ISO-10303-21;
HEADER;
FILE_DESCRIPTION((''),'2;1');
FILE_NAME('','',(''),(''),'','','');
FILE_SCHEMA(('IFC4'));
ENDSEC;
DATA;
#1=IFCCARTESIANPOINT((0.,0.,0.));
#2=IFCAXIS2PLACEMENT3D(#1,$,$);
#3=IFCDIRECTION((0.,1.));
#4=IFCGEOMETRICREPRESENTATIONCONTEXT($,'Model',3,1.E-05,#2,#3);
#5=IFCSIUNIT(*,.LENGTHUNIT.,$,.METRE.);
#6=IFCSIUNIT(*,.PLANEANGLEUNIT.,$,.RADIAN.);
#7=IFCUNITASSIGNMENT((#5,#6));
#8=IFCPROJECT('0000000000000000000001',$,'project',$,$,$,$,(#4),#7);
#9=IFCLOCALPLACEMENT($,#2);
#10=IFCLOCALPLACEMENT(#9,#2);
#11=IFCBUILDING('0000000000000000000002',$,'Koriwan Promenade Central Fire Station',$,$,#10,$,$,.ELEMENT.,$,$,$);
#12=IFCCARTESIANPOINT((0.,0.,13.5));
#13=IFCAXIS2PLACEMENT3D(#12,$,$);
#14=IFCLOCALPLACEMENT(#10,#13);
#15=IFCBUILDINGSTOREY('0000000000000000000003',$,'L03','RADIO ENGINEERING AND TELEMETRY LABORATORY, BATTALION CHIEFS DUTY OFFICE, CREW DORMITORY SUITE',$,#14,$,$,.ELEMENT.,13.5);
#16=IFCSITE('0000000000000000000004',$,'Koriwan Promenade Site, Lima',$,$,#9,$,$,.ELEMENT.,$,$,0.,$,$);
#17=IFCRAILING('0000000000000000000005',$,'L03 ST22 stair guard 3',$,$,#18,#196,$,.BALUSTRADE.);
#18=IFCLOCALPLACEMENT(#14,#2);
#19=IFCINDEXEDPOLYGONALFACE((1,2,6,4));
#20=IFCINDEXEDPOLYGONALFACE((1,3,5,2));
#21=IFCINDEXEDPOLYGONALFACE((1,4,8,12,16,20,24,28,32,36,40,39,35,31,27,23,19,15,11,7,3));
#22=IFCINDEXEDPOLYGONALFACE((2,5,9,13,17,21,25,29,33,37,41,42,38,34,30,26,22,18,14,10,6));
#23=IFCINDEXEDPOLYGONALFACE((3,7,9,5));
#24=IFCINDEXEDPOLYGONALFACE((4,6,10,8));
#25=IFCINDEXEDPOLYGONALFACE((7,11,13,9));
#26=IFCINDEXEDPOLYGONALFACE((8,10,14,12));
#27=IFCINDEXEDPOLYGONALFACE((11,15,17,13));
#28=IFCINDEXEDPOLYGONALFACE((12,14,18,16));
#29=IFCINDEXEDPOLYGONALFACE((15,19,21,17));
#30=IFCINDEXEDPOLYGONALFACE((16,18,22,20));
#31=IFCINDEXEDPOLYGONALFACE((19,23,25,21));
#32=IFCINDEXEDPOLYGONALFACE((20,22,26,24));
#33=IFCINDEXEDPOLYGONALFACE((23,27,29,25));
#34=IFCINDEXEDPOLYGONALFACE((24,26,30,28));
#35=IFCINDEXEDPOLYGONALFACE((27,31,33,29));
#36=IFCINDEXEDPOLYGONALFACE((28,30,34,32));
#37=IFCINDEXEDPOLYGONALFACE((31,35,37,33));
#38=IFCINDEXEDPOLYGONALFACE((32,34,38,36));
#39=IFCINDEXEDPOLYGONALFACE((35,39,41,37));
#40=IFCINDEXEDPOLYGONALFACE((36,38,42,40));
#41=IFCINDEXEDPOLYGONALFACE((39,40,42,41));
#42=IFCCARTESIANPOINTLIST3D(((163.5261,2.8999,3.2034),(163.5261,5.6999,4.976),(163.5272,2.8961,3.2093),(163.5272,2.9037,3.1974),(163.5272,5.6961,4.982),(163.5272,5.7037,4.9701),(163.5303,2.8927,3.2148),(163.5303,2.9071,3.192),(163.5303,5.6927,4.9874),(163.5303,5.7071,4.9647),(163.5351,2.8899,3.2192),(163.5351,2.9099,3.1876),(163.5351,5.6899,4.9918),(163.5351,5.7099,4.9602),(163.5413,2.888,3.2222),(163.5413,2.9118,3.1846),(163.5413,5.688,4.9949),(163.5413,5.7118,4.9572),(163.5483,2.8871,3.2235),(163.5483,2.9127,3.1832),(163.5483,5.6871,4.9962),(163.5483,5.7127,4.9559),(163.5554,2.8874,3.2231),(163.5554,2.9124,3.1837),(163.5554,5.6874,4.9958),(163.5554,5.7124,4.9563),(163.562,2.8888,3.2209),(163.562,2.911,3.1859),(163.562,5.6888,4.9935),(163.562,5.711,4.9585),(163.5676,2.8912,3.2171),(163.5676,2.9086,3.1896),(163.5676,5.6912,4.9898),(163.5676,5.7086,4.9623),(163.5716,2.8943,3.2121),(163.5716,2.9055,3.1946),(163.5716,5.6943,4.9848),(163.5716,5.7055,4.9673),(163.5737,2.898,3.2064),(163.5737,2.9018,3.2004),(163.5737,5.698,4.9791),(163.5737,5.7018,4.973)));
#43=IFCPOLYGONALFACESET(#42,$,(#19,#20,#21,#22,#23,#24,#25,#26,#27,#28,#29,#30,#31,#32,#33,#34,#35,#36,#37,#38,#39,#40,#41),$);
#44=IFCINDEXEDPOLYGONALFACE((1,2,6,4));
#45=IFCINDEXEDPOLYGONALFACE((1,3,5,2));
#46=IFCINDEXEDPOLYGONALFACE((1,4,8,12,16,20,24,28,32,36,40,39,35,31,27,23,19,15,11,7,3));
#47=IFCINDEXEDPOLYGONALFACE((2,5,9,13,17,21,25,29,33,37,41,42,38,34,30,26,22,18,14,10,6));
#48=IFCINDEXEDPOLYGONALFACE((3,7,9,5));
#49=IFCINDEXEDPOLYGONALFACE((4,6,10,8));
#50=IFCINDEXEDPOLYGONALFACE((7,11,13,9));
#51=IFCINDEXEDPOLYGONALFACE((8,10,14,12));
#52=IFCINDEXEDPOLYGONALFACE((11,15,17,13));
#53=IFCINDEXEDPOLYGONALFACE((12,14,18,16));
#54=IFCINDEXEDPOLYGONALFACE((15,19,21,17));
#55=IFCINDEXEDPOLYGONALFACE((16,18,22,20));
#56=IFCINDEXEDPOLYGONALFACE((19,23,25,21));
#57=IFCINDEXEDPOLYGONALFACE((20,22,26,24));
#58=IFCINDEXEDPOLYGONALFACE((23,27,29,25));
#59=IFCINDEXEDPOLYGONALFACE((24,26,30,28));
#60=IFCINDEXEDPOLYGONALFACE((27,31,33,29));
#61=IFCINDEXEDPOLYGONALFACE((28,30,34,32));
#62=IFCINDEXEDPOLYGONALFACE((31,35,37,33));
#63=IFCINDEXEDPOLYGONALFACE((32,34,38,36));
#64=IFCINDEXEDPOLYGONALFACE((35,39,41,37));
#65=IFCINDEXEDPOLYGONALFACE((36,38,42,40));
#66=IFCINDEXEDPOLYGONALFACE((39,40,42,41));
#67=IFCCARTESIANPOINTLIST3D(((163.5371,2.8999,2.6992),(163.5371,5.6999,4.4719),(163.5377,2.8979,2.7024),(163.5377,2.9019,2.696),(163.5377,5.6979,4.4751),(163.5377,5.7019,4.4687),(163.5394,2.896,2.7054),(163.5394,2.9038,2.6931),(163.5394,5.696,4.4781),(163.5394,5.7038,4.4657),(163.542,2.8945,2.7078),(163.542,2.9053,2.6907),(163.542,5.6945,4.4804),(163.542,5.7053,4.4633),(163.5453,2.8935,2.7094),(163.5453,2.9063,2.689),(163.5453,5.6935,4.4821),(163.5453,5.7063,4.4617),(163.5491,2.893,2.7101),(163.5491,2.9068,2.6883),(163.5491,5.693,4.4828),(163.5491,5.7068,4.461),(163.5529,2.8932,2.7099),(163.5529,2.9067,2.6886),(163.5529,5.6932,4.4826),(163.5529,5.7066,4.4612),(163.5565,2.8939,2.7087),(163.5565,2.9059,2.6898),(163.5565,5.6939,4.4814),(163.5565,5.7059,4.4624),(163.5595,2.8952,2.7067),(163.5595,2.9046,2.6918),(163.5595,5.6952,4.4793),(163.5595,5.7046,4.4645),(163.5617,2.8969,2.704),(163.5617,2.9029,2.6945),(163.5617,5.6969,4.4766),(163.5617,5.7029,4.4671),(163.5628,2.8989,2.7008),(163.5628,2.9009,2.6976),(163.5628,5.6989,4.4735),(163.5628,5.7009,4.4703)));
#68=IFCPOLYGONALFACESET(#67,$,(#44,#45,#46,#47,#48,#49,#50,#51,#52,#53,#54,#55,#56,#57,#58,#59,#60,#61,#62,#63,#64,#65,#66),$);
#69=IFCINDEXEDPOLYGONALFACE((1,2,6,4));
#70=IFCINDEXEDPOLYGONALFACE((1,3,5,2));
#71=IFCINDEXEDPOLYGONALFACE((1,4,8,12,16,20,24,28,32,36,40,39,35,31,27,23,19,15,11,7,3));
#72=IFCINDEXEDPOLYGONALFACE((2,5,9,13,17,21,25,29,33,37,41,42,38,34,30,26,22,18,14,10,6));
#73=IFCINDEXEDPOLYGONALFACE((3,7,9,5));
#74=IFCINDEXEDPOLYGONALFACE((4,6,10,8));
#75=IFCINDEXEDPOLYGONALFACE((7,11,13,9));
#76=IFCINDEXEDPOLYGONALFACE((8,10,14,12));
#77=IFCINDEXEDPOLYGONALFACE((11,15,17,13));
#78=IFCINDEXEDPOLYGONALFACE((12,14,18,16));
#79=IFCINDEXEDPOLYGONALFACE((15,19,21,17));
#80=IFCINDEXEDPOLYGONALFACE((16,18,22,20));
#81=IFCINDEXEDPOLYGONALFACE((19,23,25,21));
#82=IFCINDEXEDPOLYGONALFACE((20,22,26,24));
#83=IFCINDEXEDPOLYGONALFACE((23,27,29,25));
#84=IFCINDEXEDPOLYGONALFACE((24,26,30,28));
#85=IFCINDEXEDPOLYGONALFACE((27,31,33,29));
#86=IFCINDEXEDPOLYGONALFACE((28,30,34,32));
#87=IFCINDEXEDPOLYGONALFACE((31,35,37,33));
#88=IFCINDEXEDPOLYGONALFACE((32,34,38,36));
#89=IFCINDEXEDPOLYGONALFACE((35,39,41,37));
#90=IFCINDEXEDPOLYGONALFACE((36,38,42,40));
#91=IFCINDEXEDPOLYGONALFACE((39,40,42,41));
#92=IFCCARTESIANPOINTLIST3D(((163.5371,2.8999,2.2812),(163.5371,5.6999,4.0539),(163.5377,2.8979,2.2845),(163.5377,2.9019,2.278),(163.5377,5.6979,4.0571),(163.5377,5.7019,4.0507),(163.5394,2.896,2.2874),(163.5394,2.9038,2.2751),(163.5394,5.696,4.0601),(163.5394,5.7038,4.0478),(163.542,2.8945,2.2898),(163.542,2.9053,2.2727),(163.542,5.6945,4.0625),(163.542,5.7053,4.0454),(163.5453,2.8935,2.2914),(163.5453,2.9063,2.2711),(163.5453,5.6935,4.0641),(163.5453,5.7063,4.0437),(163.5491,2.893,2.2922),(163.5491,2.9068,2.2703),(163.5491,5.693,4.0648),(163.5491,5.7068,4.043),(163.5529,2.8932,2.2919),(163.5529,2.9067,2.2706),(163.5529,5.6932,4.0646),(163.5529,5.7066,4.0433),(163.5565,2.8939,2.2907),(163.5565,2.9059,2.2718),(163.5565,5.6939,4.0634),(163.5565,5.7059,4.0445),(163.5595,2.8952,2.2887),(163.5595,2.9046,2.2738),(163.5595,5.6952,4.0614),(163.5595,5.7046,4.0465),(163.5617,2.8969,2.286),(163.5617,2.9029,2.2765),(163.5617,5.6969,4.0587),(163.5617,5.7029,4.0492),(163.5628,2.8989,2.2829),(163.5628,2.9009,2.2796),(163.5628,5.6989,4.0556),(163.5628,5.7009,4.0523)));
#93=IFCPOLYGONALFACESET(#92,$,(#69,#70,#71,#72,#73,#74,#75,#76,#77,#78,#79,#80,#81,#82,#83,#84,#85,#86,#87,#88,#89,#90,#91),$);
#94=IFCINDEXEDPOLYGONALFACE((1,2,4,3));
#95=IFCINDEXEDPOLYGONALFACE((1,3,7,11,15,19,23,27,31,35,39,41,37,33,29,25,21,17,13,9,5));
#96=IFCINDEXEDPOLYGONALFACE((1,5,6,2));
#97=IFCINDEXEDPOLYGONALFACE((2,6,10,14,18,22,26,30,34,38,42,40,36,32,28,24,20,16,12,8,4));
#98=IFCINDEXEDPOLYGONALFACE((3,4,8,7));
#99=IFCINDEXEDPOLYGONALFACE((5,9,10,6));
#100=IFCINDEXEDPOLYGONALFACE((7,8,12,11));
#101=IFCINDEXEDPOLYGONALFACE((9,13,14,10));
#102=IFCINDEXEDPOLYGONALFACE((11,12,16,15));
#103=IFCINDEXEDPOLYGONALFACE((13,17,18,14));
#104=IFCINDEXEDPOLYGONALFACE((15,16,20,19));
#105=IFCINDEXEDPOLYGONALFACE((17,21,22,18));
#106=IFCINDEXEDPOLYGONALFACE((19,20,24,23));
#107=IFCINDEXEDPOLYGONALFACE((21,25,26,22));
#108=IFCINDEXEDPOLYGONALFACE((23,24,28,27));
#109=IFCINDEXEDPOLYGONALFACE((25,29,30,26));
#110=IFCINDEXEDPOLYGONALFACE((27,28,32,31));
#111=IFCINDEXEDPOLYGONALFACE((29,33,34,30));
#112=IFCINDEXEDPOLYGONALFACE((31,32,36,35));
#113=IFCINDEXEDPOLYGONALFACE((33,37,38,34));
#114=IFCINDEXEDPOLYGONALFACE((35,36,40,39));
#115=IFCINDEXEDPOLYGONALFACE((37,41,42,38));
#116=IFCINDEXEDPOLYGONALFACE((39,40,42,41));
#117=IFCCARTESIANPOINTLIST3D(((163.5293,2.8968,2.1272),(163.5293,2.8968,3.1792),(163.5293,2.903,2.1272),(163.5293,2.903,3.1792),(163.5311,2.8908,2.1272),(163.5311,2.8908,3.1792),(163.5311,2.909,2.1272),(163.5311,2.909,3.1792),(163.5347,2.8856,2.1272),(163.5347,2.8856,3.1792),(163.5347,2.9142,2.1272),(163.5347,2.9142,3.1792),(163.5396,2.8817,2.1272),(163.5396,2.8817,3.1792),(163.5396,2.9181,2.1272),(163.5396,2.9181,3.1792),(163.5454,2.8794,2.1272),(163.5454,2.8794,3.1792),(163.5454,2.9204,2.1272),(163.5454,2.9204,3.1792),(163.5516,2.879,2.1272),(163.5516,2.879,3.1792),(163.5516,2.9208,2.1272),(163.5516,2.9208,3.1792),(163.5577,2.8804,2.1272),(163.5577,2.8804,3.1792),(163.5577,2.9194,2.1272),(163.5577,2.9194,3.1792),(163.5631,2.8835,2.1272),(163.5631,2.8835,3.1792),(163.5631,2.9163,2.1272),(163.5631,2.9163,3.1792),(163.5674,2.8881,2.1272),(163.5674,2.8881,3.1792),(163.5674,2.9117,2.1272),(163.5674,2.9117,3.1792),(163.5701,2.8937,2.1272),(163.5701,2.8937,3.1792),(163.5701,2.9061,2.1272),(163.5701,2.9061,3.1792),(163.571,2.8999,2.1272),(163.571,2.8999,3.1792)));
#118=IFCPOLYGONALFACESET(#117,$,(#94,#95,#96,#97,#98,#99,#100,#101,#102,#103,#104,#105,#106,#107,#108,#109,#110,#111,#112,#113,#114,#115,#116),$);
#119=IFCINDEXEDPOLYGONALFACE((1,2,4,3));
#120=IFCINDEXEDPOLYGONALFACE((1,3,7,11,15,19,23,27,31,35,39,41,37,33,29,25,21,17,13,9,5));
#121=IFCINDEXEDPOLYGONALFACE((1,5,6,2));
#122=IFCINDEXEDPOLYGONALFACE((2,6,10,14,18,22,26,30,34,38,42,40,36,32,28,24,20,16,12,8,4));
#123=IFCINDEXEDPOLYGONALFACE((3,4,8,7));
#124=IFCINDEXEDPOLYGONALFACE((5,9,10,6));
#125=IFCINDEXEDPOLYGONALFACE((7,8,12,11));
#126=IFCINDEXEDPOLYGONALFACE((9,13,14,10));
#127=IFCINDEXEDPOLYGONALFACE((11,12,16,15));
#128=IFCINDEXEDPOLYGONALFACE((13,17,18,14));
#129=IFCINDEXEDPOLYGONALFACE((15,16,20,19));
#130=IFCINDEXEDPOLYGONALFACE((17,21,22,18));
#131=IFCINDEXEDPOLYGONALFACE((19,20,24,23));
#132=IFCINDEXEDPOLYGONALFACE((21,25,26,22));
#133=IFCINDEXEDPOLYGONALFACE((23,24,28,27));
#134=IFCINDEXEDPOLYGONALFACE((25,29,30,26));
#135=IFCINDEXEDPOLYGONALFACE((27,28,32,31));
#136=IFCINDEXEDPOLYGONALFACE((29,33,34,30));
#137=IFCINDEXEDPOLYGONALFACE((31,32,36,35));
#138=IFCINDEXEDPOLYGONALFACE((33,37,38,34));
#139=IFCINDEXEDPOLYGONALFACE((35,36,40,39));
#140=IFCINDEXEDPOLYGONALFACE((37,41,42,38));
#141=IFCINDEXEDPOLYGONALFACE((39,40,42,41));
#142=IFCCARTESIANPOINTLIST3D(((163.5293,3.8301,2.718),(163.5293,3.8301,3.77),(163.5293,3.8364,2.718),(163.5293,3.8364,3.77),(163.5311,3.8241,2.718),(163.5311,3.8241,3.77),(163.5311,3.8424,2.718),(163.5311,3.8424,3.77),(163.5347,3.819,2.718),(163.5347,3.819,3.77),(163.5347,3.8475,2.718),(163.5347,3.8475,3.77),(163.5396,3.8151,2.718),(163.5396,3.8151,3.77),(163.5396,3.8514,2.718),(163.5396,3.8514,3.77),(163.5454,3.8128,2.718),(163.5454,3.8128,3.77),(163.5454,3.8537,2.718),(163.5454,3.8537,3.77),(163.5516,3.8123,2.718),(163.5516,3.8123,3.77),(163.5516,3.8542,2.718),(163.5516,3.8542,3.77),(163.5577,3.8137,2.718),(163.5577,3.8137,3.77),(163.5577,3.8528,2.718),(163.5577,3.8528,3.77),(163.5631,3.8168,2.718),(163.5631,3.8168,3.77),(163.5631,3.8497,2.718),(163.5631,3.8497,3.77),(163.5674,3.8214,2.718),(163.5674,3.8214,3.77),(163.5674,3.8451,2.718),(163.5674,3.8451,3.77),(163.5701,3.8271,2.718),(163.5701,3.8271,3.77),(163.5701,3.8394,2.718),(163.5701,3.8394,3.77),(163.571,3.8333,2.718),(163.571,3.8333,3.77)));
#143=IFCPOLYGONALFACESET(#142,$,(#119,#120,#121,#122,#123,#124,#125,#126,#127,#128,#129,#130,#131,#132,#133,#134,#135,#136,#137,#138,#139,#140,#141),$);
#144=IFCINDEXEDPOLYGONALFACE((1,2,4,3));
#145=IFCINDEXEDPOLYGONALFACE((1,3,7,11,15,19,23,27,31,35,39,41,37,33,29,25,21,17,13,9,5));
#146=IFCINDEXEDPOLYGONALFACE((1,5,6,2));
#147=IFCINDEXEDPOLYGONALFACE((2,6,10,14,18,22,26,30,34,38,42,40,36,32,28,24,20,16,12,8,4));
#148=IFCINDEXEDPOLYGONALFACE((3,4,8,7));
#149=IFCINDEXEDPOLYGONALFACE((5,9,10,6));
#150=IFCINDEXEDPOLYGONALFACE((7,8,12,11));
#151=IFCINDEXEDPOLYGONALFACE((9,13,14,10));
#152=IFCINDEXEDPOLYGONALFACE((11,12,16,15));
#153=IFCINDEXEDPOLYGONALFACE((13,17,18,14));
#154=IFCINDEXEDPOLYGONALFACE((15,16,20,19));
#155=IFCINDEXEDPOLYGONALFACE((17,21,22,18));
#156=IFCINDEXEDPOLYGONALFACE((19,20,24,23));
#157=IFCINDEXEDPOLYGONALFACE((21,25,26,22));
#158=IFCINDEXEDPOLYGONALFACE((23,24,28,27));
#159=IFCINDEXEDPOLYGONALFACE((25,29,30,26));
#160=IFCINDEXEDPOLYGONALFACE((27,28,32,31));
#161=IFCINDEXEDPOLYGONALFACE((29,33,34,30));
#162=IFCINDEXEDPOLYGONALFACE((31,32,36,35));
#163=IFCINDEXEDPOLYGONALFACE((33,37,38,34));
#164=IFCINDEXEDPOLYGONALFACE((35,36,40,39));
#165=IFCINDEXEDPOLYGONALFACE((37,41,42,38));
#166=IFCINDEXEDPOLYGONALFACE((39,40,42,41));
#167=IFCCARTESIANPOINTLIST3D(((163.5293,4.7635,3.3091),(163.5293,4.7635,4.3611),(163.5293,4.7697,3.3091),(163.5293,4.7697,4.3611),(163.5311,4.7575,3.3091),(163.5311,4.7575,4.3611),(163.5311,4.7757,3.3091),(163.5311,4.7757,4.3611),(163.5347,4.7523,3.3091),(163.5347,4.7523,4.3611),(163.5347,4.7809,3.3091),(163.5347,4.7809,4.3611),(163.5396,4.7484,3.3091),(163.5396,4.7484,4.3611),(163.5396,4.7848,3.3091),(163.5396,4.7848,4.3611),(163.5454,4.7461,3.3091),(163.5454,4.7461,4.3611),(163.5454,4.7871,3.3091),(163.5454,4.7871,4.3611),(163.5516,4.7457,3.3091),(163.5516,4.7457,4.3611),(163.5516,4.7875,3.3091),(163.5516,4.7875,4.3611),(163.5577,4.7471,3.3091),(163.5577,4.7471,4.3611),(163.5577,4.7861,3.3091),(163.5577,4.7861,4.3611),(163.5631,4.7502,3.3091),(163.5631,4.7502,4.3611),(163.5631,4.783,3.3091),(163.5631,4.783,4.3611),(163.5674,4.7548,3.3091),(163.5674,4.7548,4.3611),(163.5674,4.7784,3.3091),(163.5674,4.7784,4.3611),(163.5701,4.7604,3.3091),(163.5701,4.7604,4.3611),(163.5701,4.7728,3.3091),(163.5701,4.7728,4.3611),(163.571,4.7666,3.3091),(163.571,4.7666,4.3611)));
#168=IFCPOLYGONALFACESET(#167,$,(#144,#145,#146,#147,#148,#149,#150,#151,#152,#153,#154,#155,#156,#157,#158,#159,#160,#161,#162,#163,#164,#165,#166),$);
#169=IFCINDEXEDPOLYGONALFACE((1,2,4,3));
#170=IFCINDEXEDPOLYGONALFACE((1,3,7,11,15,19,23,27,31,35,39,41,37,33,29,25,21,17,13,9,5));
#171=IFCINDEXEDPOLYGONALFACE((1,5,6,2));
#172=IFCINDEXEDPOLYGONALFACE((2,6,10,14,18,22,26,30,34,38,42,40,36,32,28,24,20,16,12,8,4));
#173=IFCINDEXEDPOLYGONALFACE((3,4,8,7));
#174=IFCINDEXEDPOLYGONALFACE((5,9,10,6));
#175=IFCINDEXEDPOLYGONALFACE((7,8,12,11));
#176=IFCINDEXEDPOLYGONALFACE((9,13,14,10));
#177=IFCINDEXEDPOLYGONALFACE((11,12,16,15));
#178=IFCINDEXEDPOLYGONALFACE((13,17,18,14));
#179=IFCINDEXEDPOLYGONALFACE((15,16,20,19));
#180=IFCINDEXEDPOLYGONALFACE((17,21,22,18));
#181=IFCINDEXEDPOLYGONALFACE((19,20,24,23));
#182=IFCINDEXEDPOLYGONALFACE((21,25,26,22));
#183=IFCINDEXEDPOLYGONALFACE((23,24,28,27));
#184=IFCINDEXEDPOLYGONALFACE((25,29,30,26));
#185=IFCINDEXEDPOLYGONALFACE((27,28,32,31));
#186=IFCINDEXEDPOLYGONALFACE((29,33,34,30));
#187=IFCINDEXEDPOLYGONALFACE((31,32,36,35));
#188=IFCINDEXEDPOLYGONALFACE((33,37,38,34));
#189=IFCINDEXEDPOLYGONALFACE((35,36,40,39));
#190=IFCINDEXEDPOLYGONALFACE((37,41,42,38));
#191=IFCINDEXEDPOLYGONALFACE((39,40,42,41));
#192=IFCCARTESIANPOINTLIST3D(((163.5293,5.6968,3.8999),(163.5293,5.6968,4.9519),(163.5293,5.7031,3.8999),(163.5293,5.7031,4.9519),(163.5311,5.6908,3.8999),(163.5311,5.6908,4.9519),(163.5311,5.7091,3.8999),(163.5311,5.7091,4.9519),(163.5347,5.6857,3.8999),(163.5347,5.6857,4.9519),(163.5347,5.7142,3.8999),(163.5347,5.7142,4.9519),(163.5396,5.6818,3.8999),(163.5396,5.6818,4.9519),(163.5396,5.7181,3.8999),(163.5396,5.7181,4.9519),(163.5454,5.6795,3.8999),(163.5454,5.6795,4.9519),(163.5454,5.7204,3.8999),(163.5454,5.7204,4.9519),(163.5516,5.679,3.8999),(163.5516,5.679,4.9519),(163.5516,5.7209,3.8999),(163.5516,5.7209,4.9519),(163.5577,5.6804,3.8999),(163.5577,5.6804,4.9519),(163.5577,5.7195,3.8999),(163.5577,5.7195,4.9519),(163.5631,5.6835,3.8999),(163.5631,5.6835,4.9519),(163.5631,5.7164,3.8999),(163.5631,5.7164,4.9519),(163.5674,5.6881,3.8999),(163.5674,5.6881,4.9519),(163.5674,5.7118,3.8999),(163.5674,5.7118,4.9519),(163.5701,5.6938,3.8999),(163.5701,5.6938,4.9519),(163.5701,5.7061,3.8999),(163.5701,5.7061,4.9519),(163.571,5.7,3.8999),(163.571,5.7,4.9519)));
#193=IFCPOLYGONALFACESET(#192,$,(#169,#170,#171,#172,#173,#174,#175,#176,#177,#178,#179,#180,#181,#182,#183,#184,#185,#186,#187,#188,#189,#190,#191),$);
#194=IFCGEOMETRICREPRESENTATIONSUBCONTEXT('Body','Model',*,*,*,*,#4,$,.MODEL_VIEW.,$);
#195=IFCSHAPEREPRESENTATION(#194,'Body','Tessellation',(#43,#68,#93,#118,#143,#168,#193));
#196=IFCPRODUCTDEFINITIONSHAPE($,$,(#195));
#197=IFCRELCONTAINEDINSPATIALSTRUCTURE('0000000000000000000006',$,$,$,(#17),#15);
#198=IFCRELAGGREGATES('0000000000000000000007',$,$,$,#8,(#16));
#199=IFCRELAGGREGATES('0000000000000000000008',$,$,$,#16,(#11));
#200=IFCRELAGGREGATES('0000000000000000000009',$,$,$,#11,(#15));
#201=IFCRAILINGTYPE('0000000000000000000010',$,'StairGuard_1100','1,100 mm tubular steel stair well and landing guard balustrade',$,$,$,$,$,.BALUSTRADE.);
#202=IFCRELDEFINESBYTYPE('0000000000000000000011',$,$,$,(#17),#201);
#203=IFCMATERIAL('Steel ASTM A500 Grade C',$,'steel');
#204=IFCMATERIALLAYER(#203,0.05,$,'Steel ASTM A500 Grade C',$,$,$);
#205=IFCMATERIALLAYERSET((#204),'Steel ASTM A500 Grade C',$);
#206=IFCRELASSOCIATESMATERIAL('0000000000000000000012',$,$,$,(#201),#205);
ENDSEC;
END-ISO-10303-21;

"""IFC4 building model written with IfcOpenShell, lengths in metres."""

from ifc_helpers import new_model, si_unit, direction, frame, origin, origin_2d, place, context, subcontext, project, spatial, circle, extrude, material, layer, layer_set, type_object, element, save


model = new_model("IFC4")

# Units and contexts
model_context = context("Model", 3, precision=1e-05, world=origin(), true_north=direction((0.0, 1.0)))
body_context = subcontext(model_context, "Body", "Model", "MODEL_VIEW")
ifc_project = project(units=[si_unit("LENGTHUNIT", "METRE"), si_unit("PLANEANGLEUNIT", "RADIAN")], contexts=[model_context])

# Site, building, storey
site_placement = place(None, origin())
site = spatial("IfcSite", under=ifc_project, at=site_placement, Name="Koriwan Promenade Site, Lima", CompositionType="ELEMENT", RefElevation=0.0)
building_placement = place(site_placement, origin())
building = spatial("IfcBuilding", under=site, at=building_placement, Name="Koriwan Promenade Central Fire Station", CompositionType="ELEMENT")
storey_placement = place(building_placement, frame((0.0, 0.0, 13.5)))
storey = spatial("IfcBuildingStorey", under=building, at=storey_placement, Name="L03", Description="RADIO ENGINEERING AND TELEMETRY LABORATORY, BATTALION CHIEFS DUTY OFFICE, CREW DORMITORY SUITE", CompositionType="ELEMENT", Elevation=13.5)

# Railing
ifc_material_1 = material(Name="Steel ASTM A500 Grade C", Category="steel")
ifc_layer_1 = layer(ifc_material_1, 0.05, Name="Steel ASTM A500 Grade C")
ifc_layer_set_1 = layer_set([ifc_layer_1], Name="Steel ASTM A500 Grade C")
railing_type_1 = type_object("IfcRailingType", Name="StairGuard_1100", Description="1,100 mm tubular steel stair well and landing guard balustrade", PredefinedType="BALUSTRADE", material=ifc_layer_set_1)
railing_1_placement = place(storey_placement, frame((163.55, 2.8999, 2.1272)))
element("IfcRailing", 1, at=railing_1_placement, inside=storey, type_object=railing_type_1, Name="L03 ST22 stair guard 3", PredefinedType="BALUSTRADE", context=body_context, shape_type="SweptSolid", body=[
    extrude(circle(Radius=0.0239, at=origin_2d()), frame((0.0, 0.0, 1.0762), z_axis=(0.0, 0.844909, 0.53491), x_axis=(-1.0, 0.0, 0.0)), (0.0, 0.0, 1.0), 3.314),
    extrude(circle(Radius=0.0129, at=origin_2d()), frame((0.0, 0.0, 0.572), z_axis=(0.0, 0.844909, 0.53491), x_axis=(-1.0, 0.0, 0.0)), (0.0, 0.0, 1.0), 3.314),
    extrude(circle(Radius=0.0129, at=origin_2d()), frame((0.0, 0.0, 0.1541), z_axis=(0.0, 0.844909, 0.53491), x_axis=(-1.0, 0.0, 0.0)), (0.0, 0.0, 1.0), 3.314),
    extrude(circle(Radius=0.021, at=origin_2d()), origin(), (0.0, 0.0, 1.0), 1.052),
    extrude(circle(Radius=0.021, at=origin_2d()), frame((0.0, 0.9333, 0.5908)), (0.0, 0.0, 1.0), 1.052),
    extrude(circle(Radius=0.021, at=origin_2d()), frame((0.0, 1.8667, 1.1819)), (0.0, 0.0, 1.0), 1.052),
    extrude(circle(Radius=0.021, at=origin_2d()), frame((0.0, 2.8, 1.7727)), (0.0, 0.0, 1.0), 1.052),
])

save(model, "model.ifc")
